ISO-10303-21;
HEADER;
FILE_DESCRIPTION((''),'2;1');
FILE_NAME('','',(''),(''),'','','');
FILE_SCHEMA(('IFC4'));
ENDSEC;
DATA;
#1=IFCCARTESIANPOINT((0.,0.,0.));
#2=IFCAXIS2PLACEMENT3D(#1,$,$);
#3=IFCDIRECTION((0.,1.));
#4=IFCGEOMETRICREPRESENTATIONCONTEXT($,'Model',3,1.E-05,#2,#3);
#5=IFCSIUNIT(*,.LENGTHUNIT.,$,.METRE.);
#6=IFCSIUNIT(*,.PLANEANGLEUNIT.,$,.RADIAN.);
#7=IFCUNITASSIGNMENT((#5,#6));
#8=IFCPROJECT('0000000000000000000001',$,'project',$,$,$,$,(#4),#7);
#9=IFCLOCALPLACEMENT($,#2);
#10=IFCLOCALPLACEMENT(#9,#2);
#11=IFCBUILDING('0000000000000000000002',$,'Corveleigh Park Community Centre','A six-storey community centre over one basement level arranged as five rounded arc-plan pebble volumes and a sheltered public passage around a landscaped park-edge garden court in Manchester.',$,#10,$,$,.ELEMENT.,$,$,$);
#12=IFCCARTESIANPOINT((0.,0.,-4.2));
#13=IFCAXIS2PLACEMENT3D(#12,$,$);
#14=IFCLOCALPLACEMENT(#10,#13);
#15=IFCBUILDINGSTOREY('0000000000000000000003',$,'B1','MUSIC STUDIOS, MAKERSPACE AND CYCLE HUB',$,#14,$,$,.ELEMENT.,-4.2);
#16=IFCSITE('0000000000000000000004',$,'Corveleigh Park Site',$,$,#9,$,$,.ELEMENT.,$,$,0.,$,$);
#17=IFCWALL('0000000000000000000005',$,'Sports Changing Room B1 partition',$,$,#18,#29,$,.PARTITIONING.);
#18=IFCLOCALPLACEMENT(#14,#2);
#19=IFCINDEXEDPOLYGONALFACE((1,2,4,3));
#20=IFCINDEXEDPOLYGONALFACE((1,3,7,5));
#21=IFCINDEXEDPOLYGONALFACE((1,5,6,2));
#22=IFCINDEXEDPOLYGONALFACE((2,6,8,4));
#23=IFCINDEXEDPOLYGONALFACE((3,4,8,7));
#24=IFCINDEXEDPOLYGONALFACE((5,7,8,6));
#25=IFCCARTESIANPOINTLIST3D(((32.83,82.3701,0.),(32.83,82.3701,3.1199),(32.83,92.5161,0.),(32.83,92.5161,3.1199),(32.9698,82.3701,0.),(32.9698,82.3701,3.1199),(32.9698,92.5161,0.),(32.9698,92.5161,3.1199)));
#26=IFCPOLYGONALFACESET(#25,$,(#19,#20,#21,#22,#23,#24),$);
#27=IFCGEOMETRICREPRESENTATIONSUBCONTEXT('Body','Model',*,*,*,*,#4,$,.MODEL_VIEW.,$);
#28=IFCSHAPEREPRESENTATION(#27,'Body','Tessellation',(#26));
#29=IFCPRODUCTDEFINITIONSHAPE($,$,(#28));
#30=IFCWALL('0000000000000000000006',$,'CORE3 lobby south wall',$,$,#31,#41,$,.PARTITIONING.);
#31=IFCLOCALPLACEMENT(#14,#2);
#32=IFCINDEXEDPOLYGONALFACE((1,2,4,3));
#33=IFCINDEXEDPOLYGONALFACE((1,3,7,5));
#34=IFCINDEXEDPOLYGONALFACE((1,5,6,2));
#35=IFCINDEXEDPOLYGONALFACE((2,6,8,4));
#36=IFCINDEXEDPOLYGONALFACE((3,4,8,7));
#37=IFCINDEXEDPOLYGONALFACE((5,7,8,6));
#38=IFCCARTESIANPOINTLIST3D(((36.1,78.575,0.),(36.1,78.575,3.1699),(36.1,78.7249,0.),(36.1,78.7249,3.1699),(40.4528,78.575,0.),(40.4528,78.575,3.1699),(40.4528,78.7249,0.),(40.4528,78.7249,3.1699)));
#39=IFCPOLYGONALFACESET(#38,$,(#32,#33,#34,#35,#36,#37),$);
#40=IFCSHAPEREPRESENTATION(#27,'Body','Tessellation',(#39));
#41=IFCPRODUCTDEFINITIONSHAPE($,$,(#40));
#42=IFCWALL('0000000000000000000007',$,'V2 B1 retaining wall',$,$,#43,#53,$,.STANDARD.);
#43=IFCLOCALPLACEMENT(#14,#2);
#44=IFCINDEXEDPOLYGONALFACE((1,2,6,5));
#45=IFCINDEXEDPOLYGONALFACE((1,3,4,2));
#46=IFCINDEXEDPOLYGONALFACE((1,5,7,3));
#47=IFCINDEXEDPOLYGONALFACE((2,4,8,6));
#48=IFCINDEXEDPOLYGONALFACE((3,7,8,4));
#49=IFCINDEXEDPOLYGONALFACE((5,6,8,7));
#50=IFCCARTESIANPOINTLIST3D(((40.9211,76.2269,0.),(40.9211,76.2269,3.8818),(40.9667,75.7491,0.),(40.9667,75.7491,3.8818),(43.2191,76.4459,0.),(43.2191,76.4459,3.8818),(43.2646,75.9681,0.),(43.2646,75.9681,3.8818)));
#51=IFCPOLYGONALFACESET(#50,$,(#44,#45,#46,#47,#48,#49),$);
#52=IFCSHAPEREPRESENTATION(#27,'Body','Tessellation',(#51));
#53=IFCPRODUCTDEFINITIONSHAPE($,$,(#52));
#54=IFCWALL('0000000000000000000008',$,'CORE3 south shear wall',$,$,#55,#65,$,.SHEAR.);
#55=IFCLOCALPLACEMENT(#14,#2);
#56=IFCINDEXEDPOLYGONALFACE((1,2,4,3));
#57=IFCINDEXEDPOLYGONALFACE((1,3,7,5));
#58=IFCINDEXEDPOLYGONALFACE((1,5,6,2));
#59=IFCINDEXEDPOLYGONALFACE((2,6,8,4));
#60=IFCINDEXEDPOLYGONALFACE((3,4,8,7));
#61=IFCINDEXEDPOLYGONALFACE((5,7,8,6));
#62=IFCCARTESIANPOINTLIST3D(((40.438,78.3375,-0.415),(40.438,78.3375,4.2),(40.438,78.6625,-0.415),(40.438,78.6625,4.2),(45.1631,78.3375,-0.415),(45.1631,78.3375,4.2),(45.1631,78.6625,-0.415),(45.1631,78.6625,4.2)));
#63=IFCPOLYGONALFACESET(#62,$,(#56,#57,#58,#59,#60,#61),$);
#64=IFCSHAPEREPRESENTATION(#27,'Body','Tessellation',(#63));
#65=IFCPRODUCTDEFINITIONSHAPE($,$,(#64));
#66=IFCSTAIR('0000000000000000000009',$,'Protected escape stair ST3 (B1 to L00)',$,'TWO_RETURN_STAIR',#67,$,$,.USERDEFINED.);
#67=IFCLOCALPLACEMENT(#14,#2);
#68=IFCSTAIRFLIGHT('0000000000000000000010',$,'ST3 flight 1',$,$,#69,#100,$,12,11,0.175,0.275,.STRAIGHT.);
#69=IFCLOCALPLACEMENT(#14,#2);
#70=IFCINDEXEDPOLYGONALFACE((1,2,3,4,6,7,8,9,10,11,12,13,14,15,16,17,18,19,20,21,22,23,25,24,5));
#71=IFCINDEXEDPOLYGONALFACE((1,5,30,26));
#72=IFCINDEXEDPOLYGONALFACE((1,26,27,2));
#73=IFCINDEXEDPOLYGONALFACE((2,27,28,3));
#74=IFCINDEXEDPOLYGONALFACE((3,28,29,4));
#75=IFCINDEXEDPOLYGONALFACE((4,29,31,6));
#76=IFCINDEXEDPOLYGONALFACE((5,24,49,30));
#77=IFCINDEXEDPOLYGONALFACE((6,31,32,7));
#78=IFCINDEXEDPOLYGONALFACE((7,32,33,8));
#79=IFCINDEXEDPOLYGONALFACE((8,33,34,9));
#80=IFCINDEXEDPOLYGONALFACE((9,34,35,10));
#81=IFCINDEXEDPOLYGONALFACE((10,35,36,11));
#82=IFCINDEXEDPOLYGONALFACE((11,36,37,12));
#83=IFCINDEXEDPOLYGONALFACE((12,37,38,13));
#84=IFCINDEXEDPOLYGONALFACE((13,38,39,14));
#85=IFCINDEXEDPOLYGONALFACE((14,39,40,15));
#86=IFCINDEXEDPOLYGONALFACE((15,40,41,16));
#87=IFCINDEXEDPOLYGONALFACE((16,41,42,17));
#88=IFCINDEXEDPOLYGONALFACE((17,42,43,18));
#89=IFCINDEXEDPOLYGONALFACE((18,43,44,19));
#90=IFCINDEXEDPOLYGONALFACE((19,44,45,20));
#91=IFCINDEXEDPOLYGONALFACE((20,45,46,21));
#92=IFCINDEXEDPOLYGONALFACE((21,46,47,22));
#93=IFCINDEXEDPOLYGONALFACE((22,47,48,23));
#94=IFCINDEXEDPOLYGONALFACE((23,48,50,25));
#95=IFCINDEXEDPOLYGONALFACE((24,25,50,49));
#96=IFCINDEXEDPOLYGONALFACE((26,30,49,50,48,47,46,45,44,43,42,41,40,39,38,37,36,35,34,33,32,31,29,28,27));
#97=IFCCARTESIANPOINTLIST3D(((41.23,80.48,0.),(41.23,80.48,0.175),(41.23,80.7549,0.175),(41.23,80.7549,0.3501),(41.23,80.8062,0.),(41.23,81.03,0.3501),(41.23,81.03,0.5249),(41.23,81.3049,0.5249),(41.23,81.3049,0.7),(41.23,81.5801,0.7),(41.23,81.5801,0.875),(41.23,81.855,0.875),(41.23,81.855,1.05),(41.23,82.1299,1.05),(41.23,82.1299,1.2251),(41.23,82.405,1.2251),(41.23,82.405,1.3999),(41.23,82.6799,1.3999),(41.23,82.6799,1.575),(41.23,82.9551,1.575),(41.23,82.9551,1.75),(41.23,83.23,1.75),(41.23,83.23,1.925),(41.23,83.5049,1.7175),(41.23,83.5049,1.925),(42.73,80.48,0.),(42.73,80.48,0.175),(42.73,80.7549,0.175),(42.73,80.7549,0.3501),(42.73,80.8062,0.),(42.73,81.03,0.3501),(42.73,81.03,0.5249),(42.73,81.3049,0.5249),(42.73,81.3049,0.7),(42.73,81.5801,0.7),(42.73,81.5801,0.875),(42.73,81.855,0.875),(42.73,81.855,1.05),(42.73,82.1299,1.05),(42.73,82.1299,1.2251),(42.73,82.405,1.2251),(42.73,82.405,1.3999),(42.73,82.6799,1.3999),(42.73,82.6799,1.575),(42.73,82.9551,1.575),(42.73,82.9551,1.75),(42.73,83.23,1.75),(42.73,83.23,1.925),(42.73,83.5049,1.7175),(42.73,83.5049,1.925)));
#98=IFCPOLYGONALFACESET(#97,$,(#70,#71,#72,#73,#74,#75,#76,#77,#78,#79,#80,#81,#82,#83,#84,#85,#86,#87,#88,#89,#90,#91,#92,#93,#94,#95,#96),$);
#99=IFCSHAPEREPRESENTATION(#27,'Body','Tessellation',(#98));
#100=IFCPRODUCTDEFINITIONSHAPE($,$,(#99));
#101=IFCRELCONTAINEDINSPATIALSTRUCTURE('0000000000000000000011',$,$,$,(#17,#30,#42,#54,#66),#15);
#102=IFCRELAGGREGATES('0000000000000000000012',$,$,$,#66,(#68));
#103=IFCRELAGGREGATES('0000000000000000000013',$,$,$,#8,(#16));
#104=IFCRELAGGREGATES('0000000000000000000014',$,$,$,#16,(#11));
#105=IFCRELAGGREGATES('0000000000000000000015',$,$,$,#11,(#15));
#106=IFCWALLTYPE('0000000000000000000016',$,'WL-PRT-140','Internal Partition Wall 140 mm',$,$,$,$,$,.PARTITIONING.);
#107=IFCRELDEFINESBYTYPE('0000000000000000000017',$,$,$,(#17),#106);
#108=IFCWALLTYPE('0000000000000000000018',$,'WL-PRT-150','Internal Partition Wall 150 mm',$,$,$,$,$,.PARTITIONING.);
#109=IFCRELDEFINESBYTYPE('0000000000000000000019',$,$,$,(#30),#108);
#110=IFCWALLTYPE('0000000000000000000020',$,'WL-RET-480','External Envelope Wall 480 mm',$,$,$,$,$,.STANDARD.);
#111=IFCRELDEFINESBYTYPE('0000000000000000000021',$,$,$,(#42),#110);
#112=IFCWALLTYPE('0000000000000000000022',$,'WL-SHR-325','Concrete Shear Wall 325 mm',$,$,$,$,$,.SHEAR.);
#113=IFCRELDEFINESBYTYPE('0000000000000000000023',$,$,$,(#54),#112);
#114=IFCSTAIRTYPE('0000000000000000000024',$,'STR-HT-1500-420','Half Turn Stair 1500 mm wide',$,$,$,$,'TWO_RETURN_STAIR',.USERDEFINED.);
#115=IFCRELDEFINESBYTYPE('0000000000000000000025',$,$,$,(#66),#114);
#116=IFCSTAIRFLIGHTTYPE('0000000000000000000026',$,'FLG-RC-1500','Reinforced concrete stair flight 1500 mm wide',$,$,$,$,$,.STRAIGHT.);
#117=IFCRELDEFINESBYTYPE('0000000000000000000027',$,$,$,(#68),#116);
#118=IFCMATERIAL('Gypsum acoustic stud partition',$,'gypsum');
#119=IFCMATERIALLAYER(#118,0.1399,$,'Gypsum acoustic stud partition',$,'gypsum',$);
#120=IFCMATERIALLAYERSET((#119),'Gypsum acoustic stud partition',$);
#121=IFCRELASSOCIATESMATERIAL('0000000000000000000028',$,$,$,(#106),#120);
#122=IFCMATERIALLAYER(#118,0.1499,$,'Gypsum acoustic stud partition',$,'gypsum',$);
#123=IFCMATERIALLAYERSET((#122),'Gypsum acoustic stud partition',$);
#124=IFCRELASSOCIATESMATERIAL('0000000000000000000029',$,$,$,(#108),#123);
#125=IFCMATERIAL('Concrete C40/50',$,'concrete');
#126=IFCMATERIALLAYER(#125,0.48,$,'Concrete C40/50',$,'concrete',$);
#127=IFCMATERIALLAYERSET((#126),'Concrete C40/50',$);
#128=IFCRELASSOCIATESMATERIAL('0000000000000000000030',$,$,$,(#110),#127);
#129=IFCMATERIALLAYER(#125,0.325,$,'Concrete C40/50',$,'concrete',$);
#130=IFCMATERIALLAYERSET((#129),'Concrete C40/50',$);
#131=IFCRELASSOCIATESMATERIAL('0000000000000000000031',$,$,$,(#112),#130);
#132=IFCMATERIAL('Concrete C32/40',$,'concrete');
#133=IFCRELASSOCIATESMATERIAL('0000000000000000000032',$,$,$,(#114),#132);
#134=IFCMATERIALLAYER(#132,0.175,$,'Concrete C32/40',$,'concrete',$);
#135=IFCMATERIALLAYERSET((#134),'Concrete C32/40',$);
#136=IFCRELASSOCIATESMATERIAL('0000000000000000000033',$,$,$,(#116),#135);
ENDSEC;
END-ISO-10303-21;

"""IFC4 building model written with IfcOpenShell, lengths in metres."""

from ifc_helpers import new_model, si_unit, direction, frame, frame_2d, origin, place, context, subcontext, project, spatial, polyline, rectangle, outline, extrude, material, layer, layer_set, type_object, element, aggregate, save


model = new_model("IFC4")

# Units and contexts
model_context = context("Model", 3, precision=1e-05, world=origin(), true_north=direction((0.0, 1.0)))
body_context = subcontext(model_context, "Body", "Model", "MODEL_VIEW")
ifc_project = project(units=[si_unit("LENGTHUNIT", "METRE"), si_unit("PLANEANGLEUNIT", "RADIAN")], contexts=[model_context])

# Site, building, storey
site_placement = place(None, origin())
site = spatial("IfcSite", under=ifc_project, at=site_placement, Name="Corveleigh Park Site", CompositionType="ELEMENT", RefElevation=0.0)
building_placement = place(site_placement, origin())
building = spatial("IfcBuilding", under=site, at=building_placement, Name="Corveleigh Park Community Centre", Description="A six-storey community centre over one basement level arranged as five rounded arc-plan pebble volumes and a sheltered public passage around a landscaped park-edge garden court in Manchester.", CompositionType="ELEMENT")
storey_placement = place(building_placement, frame((0.0, 0.0, -4.2)))
storey = spatial("IfcBuildingStorey", under=building, at=storey_placement, Name="B1", Description="MUSIC STUDIOS, MAKERSPACE AND CYCLE HUB", CompositionType="ELEMENT", Elevation=-4.2)

# Shared definitions
ifc_material_1 = material(Name="Concrete C40/50", Category="concrete")

# Shared definitions
ifc_material_2 = material(Name="Concrete C32/40", Category="concrete")

# Walls
ifc_material_3 = material(Name="Gypsum acoustic stud partition", Category="gypsum")
ifc_layer_1 = layer(ifc_material_3, 0.1399, Name="Gypsum acoustic stud partition", Category="gypsum")
ifc_layer_set_1 = layer_set([ifc_layer_1], Name="Gypsum acoustic stud partition")
wall_type_1 = type_object("IfcWallType", Name="WL-PRT-140", Description="Internal Partition Wall 140 mm", PredefinedType="PARTITIONING", material=ifc_layer_set_1)
wall_1_placement = place(storey_placement, frame((32.8999, 82.3701, 0.0), z_axis=(0.0, 0.0, 1.0), x_axis=(0.0, 1.0, 0.0)))
element("IfcWall", 1, at=wall_1_placement, inside=storey, type_object=wall_type_1, Name="Sports Changing Room B1 partition", PredefinedType="PARTITIONING", context=body_context, shape_type="SweptSolid", body=[
    extrude(rectangle(XDim=10.146, YDim=0.1399, at=frame_2d((5.073, 0.0))), origin(), (0.0, 0.0, 1.0), 3.1199),
])
ifc_layer_2 = layer(ifc_material_3, 0.1499, Name="Gypsum acoustic stud partition", Category="gypsum")
ifc_layer_set_2 = layer_set([ifc_layer_2], Name="Gypsum acoustic stud partition")
wall_type_2 = type_object("IfcWallType", Name="WL-PRT-150", Description="Internal Partition Wall 150 mm", PredefinedType="PARTITIONING", material=ifc_layer_set_2)
wall_2_placement = place(storey_placement, frame((36.1001, 78.6499, 0.0), z_axis=(0.0, 0.0, 1.0), x_axis=(1.0, 0.0, 0.0)))
element("IfcWall", 2, at=wall_2_placement, inside=storey, type_object=wall_type_2, Name="CORE3 lobby south wall", PredefinedType="PARTITIONING", context=body_context, shape_type="SweptSolid", body=[
    extrude(rectangle(XDim=4.3528, YDim=0.1499, at=frame_2d((2.1763, 0.0))), origin(), (0.0, 0.0, 1.0), 3.1699),
])
ifc_layer_3 = layer(ifc_material_1, 0.48, Name="Concrete C40/50", Category="concrete")
ifc_layer_set_3 = layer_set([ifc_layer_3], Name="Concrete C40/50")
wall_type_3 = type_object("IfcWallType", Name="WL-RET-480", Description="External Envelope Wall 480 mm", PredefinedType="STANDARD", material=ifc_layer_set_3)
wall_3_placement = place(storey_placement, frame((43.2419, 76.207, 0.0), z_axis=(0.0, 0.0, 1.0), x_axis=(-0.995489, -0.094874, 0.0)))
element("IfcWall", 3, at=wall_3_placement, inside=storey, type_object=wall_type_3, Name="V2 B1 retaining wall", PredefinedType="STANDARD", context=body_context, shape_type="SweptSolid", body=[
    extrude(rectangle(XDim=2.3083, YDim=0.48, at=frame_2d((1.1543, 0.0))), origin(), (0.0, 0.0, 1.0), 3.8818),
])
ifc_layer_4 = layer(ifc_material_1, 0.325, Name="Concrete C40/50", Category="concrete")
ifc_layer_set_4 = layer_set([ifc_layer_4], Name="Concrete C40/50")
wall_type_4 = type_object("IfcWallType", Name="WL-SHR-325", Description="Concrete Shear Wall 325 mm", PredefinedType="SHEAR", material=ifc_layer_set_4)
wall_4_placement = place(storey_placement, frame((40.438, 78.5, -0.415), z_axis=(0.0, 0.0, 1.0), x_axis=(1.0, 0.0, 0.0)))
element("IfcWall", 4, at=wall_4_placement, inside=storey, type_object=wall_type_4, Name="CORE3 south shear wall", PredefinedType="SHEAR", context=body_context, shape_type="SweptSolid", body=[
    extrude(rectangle(XDim=4.7251, YDim=0.325, at=frame_2d((2.3625, 0.0))), origin(), (0.0, 0.0, 1.0), 4.615),
])

# Stair, stair flight
stair_type = type_object("IfcStairType", Name="STR-HT-1500-420", Description="Half Turn Stair 1500 mm wide", ElementType="TWO_RETURN_STAIR", PredefinedType="USERDEFINED", material=ifc_material_2)
stair_placement = place(storey_placement, origin())
stair = element("IfcStair", 5, at=stair_placement, inside=storey, type_object=stair_type, Name="Protected escape stair ST3 (B1 to L00)", ObjectType="TWO_RETURN_STAIR", PredefinedType="USERDEFINED")
ifc_layer_5 = layer(ifc_material_2, 0.175, Name="Concrete C32/40", Category="concrete")
ifc_layer_set_5 = layer_set([ifc_layer_5], Name="Concrete C32/40")
stair_flight_type = type_object("IfcStairFlightType", Name="FLG-RC-1500", Description="Reinforced concrete stair flight 1500 mm wide", PredefinedType="STRAIGHT", material=ifc_layer_set_5)
stair_flight_placement = place(storey_placement, frame((41.98, 80.48, 0.0), z_axis=(0.0, 0.0, 1.0), x_axis=(0.0, 1.0, 0.0)))
stair_flight = element("IfcStairFlight", 6, at=stair_flight_placement, type_object=stair_flight_type, Name="ST3 flight 1", NumberOfRisers=12, NumberOfTreads=11, PredefinedType="STRAIGHT", RiserHeight=0.175, TreadLength=0.275, context=body_context, shape_type="SweptSolid", body=[
    extrude(outline(polyline([(0.0, 0.0), (0.0, 0.175), (0.2749, 0.175), (0.2749, 0.3501), (0.55, 0.3501), (0.55, 0.5249), (0.825, 0.5249), (0.825, 0.7), (1.1001, 0.7), (1.1001, 0.875), (1.375, 0.875), (1.375, 1.05), (1.6499, 1.05), (1.6499, 1.2251), (1.925, 1.2251), (1.925, 1.3999), (2.2, 1.3999), (2.2, 1.575), (2.4751, 1.575), (2.4751, 1.75), (2.75, 1.75), (2.75, 1.925), (3.0249, 1.925), (3.0249, 2.1001), (3.0249, 1.7175), (0.3262, 0.0), (0.0, 0.0)])), frame((0.0, 0.75, 0.0), z_axis=(0.0, -1.0, 0.0), x_axis=(1.0, 0.0, 0.0)), (0.0, 0.0, 1.0), 1.5),
])
aggregate(stair, [stair_flight])

save(model, "model.ifc")
